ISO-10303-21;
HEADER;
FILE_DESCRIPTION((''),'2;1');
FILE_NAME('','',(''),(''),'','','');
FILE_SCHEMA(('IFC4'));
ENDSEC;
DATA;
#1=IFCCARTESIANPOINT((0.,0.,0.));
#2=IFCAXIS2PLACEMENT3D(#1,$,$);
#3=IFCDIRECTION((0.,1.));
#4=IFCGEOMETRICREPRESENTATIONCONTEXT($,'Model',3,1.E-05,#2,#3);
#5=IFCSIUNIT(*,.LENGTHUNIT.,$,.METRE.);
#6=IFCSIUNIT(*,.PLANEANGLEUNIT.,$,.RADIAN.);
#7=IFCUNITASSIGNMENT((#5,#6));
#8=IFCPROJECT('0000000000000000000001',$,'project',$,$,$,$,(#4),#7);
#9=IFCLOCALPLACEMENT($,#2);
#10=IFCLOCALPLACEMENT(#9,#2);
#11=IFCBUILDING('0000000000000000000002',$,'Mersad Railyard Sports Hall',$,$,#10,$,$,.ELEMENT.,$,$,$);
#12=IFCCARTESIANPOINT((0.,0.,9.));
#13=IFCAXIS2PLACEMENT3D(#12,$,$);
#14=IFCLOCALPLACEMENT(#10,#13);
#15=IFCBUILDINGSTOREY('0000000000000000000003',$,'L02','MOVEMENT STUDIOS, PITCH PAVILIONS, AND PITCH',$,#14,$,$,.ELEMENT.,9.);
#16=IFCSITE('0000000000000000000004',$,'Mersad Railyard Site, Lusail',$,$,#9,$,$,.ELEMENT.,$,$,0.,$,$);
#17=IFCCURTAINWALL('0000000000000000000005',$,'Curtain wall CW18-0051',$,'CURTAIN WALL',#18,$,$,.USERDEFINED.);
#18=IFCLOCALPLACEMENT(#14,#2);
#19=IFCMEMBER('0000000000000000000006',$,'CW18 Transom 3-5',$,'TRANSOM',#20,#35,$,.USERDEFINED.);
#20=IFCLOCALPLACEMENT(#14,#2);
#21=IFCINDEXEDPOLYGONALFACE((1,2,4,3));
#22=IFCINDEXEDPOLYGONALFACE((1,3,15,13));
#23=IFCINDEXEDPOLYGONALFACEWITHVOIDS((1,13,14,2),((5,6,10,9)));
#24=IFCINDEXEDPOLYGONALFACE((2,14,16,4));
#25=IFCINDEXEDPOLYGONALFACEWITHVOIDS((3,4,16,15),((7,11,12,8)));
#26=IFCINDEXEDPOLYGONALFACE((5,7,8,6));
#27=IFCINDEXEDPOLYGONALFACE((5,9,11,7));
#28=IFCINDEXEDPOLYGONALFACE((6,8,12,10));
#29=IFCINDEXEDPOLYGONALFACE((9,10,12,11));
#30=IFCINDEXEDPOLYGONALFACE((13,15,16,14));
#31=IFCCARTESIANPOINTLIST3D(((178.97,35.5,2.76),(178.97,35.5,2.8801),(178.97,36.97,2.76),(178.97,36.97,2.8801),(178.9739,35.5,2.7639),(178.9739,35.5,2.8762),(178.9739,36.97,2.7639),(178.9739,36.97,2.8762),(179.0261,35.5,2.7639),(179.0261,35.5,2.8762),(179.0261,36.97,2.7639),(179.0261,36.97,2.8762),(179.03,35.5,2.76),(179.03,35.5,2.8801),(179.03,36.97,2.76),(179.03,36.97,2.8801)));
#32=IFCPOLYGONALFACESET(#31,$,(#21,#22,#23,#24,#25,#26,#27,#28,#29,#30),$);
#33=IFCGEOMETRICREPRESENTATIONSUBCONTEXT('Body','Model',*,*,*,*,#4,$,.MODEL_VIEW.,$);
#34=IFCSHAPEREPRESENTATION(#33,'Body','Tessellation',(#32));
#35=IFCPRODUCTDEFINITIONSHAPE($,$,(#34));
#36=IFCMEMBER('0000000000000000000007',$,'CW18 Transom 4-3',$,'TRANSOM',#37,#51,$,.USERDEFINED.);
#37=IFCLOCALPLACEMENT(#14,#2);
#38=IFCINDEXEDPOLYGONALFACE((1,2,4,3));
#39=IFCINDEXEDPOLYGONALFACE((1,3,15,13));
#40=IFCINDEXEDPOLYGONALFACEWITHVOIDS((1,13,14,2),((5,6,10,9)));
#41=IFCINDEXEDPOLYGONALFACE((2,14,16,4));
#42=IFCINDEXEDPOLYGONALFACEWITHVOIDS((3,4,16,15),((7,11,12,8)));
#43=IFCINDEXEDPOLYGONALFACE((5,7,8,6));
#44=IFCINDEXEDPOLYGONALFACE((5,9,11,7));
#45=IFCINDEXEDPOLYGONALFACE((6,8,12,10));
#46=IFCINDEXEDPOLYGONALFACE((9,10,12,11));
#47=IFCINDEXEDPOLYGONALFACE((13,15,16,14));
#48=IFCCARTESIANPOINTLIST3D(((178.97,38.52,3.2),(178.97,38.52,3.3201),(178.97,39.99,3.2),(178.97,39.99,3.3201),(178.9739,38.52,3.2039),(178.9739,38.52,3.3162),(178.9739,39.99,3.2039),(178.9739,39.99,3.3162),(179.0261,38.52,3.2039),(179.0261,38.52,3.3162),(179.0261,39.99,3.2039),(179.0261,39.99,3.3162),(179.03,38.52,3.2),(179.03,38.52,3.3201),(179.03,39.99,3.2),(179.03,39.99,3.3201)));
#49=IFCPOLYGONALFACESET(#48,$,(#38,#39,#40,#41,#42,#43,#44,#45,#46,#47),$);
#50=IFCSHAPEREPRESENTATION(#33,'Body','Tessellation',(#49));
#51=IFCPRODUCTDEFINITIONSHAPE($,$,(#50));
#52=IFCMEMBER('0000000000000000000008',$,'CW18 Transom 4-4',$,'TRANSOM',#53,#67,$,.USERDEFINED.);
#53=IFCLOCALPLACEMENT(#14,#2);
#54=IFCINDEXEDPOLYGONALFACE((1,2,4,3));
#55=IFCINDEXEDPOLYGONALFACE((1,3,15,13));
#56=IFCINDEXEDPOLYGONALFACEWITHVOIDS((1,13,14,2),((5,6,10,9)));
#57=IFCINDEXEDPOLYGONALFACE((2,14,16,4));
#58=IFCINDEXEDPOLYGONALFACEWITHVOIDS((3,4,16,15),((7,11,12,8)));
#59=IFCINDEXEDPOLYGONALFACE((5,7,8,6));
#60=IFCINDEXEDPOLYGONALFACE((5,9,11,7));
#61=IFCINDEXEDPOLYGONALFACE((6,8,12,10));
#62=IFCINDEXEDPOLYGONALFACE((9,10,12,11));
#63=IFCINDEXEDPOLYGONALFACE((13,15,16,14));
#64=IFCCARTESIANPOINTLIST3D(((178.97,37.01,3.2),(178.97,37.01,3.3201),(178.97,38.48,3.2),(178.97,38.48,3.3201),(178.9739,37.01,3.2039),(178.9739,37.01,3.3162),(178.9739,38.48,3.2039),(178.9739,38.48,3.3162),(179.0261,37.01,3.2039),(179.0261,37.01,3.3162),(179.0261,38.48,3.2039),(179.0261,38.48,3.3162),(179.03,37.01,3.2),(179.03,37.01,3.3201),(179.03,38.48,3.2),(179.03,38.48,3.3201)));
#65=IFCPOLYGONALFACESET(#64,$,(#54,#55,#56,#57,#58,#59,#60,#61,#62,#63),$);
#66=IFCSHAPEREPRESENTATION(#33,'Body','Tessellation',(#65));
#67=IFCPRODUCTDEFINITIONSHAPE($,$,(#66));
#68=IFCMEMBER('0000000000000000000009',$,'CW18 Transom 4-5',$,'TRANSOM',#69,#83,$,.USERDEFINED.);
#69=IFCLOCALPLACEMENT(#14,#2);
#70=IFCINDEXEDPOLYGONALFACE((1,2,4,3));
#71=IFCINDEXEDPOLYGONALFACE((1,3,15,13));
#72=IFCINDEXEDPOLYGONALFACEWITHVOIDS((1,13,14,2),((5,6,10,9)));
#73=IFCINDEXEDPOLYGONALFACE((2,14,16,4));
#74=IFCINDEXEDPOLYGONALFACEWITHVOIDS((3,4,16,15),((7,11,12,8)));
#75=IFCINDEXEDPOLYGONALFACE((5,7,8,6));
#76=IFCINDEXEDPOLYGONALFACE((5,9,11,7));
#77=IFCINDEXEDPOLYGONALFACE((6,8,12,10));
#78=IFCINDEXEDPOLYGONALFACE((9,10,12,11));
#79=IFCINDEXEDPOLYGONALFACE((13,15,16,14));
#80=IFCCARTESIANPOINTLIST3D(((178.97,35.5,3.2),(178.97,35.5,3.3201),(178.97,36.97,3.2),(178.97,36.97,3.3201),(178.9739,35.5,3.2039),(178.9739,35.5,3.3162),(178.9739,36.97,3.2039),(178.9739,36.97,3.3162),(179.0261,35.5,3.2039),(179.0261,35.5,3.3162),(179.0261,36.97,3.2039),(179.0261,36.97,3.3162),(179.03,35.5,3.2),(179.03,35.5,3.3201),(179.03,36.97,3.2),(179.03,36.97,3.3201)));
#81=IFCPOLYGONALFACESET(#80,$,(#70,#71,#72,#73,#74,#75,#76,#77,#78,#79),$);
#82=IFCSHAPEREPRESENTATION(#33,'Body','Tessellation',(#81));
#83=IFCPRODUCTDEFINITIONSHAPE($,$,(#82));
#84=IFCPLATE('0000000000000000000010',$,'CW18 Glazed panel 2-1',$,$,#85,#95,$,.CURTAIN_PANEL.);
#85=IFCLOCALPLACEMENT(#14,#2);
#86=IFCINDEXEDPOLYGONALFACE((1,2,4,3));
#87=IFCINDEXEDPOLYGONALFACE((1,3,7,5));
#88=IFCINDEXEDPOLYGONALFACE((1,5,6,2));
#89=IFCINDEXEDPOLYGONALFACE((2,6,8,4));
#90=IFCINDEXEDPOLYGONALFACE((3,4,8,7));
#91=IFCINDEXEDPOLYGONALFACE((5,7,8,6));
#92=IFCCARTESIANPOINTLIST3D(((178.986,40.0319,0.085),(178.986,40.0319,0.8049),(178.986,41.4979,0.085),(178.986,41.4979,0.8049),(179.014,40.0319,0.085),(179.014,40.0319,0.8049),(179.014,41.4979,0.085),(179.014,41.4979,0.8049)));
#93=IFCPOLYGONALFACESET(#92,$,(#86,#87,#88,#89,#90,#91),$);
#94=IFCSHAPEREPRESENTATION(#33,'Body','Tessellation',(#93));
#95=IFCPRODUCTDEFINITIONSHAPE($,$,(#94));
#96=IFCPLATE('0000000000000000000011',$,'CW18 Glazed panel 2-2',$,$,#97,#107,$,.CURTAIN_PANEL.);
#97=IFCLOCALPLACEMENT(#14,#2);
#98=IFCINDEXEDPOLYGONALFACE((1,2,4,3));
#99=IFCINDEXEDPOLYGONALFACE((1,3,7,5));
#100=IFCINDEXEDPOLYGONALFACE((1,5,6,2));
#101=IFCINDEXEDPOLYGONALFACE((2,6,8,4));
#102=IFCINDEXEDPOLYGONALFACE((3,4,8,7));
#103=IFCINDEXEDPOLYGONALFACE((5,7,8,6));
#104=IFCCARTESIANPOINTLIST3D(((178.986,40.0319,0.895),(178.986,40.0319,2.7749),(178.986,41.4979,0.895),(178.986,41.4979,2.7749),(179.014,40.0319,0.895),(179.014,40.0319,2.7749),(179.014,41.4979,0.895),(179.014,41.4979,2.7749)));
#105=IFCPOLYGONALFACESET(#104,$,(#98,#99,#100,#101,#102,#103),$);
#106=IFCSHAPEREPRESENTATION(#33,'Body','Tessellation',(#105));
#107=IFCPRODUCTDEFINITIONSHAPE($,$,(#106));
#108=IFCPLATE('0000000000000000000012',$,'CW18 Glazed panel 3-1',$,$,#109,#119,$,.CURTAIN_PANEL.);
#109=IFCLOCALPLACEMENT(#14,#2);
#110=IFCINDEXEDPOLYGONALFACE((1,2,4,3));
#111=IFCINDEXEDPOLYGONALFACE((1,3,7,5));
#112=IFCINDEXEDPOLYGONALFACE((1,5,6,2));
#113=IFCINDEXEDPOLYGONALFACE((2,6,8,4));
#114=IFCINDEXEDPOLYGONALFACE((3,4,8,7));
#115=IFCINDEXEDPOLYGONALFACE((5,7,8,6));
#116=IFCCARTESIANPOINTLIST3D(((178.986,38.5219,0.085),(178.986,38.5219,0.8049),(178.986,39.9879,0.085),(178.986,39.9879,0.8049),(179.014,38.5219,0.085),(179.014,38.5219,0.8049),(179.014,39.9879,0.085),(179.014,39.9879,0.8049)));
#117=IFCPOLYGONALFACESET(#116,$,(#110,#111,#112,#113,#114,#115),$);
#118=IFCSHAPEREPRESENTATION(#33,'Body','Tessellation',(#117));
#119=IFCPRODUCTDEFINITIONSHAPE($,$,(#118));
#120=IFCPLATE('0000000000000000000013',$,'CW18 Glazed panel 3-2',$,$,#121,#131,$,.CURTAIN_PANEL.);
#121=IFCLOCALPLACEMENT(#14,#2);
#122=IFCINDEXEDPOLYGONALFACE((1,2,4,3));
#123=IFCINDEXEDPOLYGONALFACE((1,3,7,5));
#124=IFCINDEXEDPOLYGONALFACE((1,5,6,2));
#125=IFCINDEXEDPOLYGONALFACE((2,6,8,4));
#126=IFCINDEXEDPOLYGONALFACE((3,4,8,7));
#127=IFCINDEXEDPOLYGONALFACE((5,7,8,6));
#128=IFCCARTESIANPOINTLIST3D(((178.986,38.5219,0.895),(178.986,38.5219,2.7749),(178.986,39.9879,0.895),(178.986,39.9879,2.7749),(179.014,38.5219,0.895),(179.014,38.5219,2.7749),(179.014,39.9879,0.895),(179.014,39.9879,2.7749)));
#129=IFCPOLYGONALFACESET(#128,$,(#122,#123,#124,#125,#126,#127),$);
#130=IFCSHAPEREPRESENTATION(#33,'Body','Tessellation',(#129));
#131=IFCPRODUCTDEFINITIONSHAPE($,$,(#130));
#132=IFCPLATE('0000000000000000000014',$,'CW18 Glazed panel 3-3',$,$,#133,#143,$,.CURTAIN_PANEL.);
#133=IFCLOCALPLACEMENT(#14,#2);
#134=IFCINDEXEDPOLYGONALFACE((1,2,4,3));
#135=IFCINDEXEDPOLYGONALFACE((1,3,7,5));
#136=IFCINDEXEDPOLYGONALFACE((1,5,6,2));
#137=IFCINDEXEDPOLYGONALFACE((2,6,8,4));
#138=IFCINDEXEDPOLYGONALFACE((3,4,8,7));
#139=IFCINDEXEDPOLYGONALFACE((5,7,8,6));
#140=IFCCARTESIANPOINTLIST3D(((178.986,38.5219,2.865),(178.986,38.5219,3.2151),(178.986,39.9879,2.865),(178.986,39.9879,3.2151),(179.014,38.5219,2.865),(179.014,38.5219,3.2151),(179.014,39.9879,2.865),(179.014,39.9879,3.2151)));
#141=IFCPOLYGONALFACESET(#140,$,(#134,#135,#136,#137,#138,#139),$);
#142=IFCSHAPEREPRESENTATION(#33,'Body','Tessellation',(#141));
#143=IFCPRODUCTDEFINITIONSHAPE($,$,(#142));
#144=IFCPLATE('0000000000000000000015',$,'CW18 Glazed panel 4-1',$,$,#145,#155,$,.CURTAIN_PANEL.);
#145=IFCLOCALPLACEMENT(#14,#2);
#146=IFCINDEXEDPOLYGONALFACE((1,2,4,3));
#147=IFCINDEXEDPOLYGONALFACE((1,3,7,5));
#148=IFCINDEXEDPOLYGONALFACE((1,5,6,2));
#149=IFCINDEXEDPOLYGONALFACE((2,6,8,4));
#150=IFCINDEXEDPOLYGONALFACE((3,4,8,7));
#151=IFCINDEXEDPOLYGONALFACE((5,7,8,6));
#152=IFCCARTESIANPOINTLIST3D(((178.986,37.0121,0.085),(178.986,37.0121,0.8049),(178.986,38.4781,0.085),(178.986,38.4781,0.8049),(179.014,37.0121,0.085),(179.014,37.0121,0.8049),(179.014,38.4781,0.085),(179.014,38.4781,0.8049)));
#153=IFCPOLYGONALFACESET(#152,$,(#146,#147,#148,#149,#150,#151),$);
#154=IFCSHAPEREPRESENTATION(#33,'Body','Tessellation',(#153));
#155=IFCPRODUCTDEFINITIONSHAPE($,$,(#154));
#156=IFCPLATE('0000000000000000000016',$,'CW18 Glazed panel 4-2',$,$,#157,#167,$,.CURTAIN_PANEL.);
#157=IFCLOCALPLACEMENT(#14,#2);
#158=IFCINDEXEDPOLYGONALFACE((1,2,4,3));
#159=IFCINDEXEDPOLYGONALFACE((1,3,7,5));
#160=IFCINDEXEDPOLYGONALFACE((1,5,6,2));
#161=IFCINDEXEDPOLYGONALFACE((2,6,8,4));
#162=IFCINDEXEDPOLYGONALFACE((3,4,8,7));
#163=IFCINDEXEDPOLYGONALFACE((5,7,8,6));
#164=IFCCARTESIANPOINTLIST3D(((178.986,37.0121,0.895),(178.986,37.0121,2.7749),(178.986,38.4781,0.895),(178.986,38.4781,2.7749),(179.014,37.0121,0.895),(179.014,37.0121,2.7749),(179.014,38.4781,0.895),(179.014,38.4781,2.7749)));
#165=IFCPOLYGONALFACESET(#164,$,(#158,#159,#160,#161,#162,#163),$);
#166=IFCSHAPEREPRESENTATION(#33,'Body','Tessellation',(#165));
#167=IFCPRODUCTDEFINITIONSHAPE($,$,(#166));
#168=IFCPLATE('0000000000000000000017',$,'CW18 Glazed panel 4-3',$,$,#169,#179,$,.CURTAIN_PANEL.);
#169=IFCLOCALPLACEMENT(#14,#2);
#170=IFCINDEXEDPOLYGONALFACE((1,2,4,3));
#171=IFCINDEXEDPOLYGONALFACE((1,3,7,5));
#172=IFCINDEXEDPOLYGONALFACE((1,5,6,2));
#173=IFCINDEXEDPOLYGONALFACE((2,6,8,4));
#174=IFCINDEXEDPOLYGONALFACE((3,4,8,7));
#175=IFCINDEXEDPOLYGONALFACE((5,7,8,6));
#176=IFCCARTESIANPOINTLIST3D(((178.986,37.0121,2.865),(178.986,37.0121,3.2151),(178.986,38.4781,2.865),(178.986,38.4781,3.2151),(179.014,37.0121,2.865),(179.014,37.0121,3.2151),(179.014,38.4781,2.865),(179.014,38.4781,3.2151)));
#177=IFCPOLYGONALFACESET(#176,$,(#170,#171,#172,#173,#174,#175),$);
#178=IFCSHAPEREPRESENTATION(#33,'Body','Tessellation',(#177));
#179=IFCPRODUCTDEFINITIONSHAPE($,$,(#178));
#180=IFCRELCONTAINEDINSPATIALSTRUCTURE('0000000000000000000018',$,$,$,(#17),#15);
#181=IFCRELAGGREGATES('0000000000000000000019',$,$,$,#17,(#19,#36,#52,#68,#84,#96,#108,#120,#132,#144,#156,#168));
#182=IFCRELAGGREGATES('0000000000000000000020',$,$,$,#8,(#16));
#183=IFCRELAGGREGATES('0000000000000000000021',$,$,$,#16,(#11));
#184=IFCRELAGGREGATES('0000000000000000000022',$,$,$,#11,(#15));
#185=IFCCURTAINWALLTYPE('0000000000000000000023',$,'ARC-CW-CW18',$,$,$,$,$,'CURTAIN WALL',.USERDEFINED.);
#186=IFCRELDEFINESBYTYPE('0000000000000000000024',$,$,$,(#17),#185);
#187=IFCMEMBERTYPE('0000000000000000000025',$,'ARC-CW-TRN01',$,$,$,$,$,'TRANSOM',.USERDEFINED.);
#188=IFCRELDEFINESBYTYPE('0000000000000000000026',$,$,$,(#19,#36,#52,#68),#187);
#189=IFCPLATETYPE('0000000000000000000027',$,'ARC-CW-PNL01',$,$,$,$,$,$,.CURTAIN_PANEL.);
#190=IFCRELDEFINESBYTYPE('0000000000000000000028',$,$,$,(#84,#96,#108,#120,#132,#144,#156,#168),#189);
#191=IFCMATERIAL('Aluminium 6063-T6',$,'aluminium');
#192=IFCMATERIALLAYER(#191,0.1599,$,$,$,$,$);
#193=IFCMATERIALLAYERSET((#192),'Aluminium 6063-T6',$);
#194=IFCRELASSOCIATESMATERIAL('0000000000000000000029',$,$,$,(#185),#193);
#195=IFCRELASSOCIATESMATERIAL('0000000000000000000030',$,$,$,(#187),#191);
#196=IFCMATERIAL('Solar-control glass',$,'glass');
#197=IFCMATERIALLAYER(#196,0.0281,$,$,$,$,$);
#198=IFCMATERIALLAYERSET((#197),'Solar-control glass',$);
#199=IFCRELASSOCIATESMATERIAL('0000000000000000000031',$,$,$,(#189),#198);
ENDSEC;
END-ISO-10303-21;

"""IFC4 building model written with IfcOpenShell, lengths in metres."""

from ifc_helpers import new_model, si_unit, direction, frame, origin, origin_2d, place, context, subcontext, project, spatial, rectangle, hollow_rectangle, extrude, material, layer, layer_set, material_profile, profile_set, type_object, element, aggregate, save


model = new_model("IFC4")

# Units and contexts
model_context = context("Model", 3, precision=1e-05, world=origin(), true_north=direction((0.0, 1.0)))
body_context = subcontext(model_context, "Body", "Model", "MODEL_VIEW")
ifc_project = project(units=[si_unit("LENGTHUNIT", "METRE"), si_unit("PLANEANGLEUNIT", "RADIAN")], contexts=[model_context])

# Site, building, storey
site_placement = place(None, origin())
site = spatial("IfcSite", under=ifc_project, at=site_placement, Name="Mersad Railyard Site, Lusail", CompositionType="ELEMENT", RefElevation=0.0)
building_placement = place(site_placement, origin())
building = spatial("IfcBuilding", under=site, at=building_placement, Name="Mersad Railyard Sports Hall", CompositionType="ELEMENT")
storey_placement = place(building_placement, frame((0.0, 0.0, 9.0)))
storey = spatial("IfcBuildingStorey", under=building, at=storey_placement, Name="L02", Description="MOVEMENT STUDIOS, PITCH PAVILIONS, AND PITCH", CompositionType="ELEMENT", Elevation=9.0)

# Curtain wall, members, plates
ifc_material_1 = material(Name="Aluminium 6063-T6", Category="aluminium")
ifc_layer_1 = layer(ifc_material_1, 0.1599)
ifc_layer_set_1 = layer_set([ifc_layer_1], Name="Aluminium 6063-T6")
curtain_wall_type = type_object("IfcCurtainWallType", Name="ARC-CW-CW18", ElementType="CURTAIN WALL", PredefinedType="USERDEFINED", material=ifc_layer_set_1)
curtain_wall_placement = place(storey_placement, origin())
curtain_wall = element("IfcCurtainWall", 1, at=curtain_wall_placement, inside=storey, type_object=curtain_wall_type, Name="Curtain wall CW18-0051", ObjectType="CURTAIN WALL", PredefinedType="USERDEFINED")
ifc_material_profile_1 = material_profile(ifc_material_1, hollow_rectangle(XDim=0.0601, YDim=0.1201, WallThickness=0.0039, at=origin_2d()), Name="AL TRANSOM 60x120x4")
ifc_profile_set_1 = profile_set([ifc_material_profile_1], Name="Aluminium 6063-T6")
member_type_1 = type_object("IfcMemberType", Name="ARC-CW-TRN01", ElementType="TRANSOM", PredefinedType="USERDEFINED", material=ifc_profile_set_1)
member_1_placement = place(storey_placement, frame((179.0, 36.97, 2.8201), z_axis=(0.0, -1.0, 0.0), x_axis=(1.0, 0.0, 0.0)))
member_1 = element("IfcMember", 2, at=member_1_placement, type_object=member_type_1, Name="CW18 Transom 3-5", ObjectType="TRANSOM", PredefinedType="USERDEFINED", context=body_context, shape_type="SweptSolid", body=[
    extrude(hollow_rectangle(XDim=0.0601, YDim=0.1201, WallThickness=0.0039, at=origin_2d()), origin(), (0.0, 0.0, 1.0), 1.47),
])
member_2_placement = place(storey_placement, frame((179.0, 39.99, 3.26), z_axis=(0.0, -1.0, 0.0), x_axis=(1.0, 0.0, 0.0)))
member_2 = element("IfcMember", 3, at=member_2_placement, type_object=member_type_1, Name="CW18 Transom 4-3", ObjectType="TRANSOM", PredefinedType="USERDEFINED", context=body_context, shape_type="SweptSolid", body=[
    extrude(hollow_rectangle(XDim=0.0601, YDim=0.1201, WallThickness=0.0039, at=origin_2d()), origin(), (0.0, 0.0, 1.0), 1.47),
])
member_3_placement = place(storey_placement, frame((179.0, 38.48, 3.26), z_axis=(0.0, -1.0, 0.0), x_axis=(1.0, 0.0, 0.0)))
member_3 = element("IfcMember", 4, at=member_3_placement, type_object=member_type_1, Name="CW18 Transom 4-4", ObjectType="TRANSOM", PredefinedType="USERDEFINED", context=body_context, shape_type="SweptSolid", body=[
    extrude(hollow_rectangle(XDim=0.0601, YDim=0.1201, WallThickness=0.0039, at=origin_2d()), origin(), (0.0, 0.0, 1.0), 1.47),
])
member_4_placement = place(storey_placement, frame((179.0, 36.97, 3.26), z_axis=(0.0, -1.0, 0.0), x_axis=(1.0, 0.0, 0.0)))
member_4 = element("IfcMember", 5, at=member_4_placement, type_object=member_type_1, Name="CW18 Transom 4-5", ObjectType="TRANSOM", PredefinedType="USERDEFINED", context=body_context, shape_type="SweptSolid", body=[
    extrude(hollow_rectangle(XDim=0.0601, YDim=0.1201, WallThickness=0.0039, at=origin_2d()), origin(), (0.0, 0.0, 1.0), 1.47),
])
ifc_material_2 = material(Name="Solar-control glass", Category="glass")
ifc_layer_2 = layer(ifc_material_2, 0.0281)
ifc_layer_set_2 = layer_set([ifc_layer_2], Name="Solar-control glass")
plate_type = type_object("IfcPlateType", Name="ARC-CW-PNL01", PredefinedType="CURTAIN_PANEL", material=ifc_layer_set_2)
plate_1_placement = place(storey_placement, frame((179.0, 40.7649, 0.085), z_axis=(0.0, 0.0, 1.0), x_axis=(0.0, -1.0, 0.0)))
plate_1 = element("IfcPlate", 6, at=plate_1_placement, type_object=plate_type, Name="CW18 Glazed panel 2-1", PredefinedType="CURTAIN_PANEL", context=body_context, shape_type="SweptSolid", body=[
    extrude(rectangle(XDim=1.4661, YDim=0.0281, at=origin_2d()), origin(), (0.0, 0.0, 1.0), 0.72),
])
plate_2_placement = place(storey_placement, frame((179.0, 40.7649, 0.895), z_axis=(0.0, 0.0, 1.0), x_axis=(0.0, -1.0, 0.0)))
plate_2 = element("IfcPlate", 7, at=plate_2_placement, type_object=plate_type, Name="CW18 Glazed panel 2-2", PredefinedType="CURTAIN_PANEL", context=body_context, shape_type="SweptSolid", body=[
    extrude(rectangle(XDim=1.4661, YDim=0.0281, at=origin_2d()), origin(), (0.0, 0.0, 1.0), 1.8799),
])
plate_3_placement = place(storey_placement, frame((179.0, 39.2549, 0.085), z_axis=(0.0, 0.0, 1.0), x_axis=(0.0, -1.0, 0.0)))
plate_3 = element("IfcPlate", 8, at=plate_3_placement, type_object=plate_type, Name="CW18 Glazed panel 3-1", PredefinedType="CURTAIN_PANEL", context=body_context, shape_type="SweptSolid", body=[
    extrude(rectangle(XDim=1.4661, YDim=0.0281, at=origin_2d()), origin(), (0.0, 0.0, 1.0), 0.72),
])
plate_4_placement = place(storey_placement, frame((179.0, 39.2549, 0.895), z_axis=(0.0, 0.0, 1.0), x_axis=(0.0, -1.0, 0.0)))
plate_4 = element("IfcPlate", 9, at=plate_4_placement, type_object=plate_type, Name="CW18 Glazed panel 3-2", PredefinedType="CURTAIN_PANEL", context=body_context, shape_type="SweptSolid", body=[
    extrude(rectangle(XDim=1.4661, YDim=0.0281, at=origin_2d()), origin(), (0.0, 0.0, 1.0), 1.8799),
])
plate_5_placement = place(storey_placement, frame((179.0, 39.2549, 2.865), z_axis=(0.0, 0.0, 1.0), x_axis=(0.0, -1.0, 0.0)))
plate_5 = element("IfcPlate", 10, at=plate_5_placement, type_object=plate_type, Name="CW18 Glazed panel 3-3", PredefinedType="CURTAIN_PANEL", context=body_context, shape_type="SweptSolid", body=[
    extrude(rectangle(XDim=1.4661, YDim=0.0281, at=origin_2d()), origin(), (0.0, 0.0, 1.0), 0.3501),
])
plate_6_placement = place(storey_placement, frame((179.0, 37.7451, 0.085), z_axis=(0.0, 0.0, 1.0), x_axis=(0.0, -1.0, 0.0)))
plate_6 = element("IfcPlate", 11, at=plate_6_placement, type_object=plate_type, Name="CW18 Glazed panel 4-1", PredefinedType="CURTAIN_PANEL", context=body_context, shape_type="SweptSolid", body=[
    extrude(rectangle(XDim=1.4661, YDim=0.0281, at=origin_2d()), origin(), (0.0, 0.0, 1.0), 0.72),
])
plate_7_placement = place(storey_placement, frame((179.0, 37.7451, 0.895), z_axis=(0.0, 0.0, 1.0), x_axis=(0.0, -1.0, 0.0)))
plate_7 = element("IfcPlate", 12, at=plate_7_placement, type_object=plate_type, Name="CW18 Glazed panel 4-2", PredefinedType="CURTAIN_PANEL", context=body_context, shape_type="SweptSolid", body=[
    extrude(rectangle(XDim=1.4661, YDim=0.0281, at=origin_2d()), origin(), (0.0, 0.0, 1.0), 1.8799),
])
plate_8_placement = place(storey_placement, frame((179.0, 37.7451, 2.865), z_axis=(0.0, 0.0, 1.0), x_axis=(0.0, -1.0, 0.0)))
plate_8 = element("IfcPlate", 13, at=plate_8_placement, type_object=plate_type, Name="CW18 Glazed panel 4-3", PredefinedType="CURTAIN_PANEL", context=body_context, shape_type="SweptSolid", body=[
    extrude(rectangle(XDim=1.4661, YDim=0.0281, at=origin_2d()), origin(), (0.0, 0.0, 1.0), 0.3501),
])
aggregate(curtain_wall, [member_1, member_2, member_3, member_4, plate_1, plate_2, plate_3, plate_4, plate_5, plate_6, plate_7, plate_8])

save(model, "model.ifc")
